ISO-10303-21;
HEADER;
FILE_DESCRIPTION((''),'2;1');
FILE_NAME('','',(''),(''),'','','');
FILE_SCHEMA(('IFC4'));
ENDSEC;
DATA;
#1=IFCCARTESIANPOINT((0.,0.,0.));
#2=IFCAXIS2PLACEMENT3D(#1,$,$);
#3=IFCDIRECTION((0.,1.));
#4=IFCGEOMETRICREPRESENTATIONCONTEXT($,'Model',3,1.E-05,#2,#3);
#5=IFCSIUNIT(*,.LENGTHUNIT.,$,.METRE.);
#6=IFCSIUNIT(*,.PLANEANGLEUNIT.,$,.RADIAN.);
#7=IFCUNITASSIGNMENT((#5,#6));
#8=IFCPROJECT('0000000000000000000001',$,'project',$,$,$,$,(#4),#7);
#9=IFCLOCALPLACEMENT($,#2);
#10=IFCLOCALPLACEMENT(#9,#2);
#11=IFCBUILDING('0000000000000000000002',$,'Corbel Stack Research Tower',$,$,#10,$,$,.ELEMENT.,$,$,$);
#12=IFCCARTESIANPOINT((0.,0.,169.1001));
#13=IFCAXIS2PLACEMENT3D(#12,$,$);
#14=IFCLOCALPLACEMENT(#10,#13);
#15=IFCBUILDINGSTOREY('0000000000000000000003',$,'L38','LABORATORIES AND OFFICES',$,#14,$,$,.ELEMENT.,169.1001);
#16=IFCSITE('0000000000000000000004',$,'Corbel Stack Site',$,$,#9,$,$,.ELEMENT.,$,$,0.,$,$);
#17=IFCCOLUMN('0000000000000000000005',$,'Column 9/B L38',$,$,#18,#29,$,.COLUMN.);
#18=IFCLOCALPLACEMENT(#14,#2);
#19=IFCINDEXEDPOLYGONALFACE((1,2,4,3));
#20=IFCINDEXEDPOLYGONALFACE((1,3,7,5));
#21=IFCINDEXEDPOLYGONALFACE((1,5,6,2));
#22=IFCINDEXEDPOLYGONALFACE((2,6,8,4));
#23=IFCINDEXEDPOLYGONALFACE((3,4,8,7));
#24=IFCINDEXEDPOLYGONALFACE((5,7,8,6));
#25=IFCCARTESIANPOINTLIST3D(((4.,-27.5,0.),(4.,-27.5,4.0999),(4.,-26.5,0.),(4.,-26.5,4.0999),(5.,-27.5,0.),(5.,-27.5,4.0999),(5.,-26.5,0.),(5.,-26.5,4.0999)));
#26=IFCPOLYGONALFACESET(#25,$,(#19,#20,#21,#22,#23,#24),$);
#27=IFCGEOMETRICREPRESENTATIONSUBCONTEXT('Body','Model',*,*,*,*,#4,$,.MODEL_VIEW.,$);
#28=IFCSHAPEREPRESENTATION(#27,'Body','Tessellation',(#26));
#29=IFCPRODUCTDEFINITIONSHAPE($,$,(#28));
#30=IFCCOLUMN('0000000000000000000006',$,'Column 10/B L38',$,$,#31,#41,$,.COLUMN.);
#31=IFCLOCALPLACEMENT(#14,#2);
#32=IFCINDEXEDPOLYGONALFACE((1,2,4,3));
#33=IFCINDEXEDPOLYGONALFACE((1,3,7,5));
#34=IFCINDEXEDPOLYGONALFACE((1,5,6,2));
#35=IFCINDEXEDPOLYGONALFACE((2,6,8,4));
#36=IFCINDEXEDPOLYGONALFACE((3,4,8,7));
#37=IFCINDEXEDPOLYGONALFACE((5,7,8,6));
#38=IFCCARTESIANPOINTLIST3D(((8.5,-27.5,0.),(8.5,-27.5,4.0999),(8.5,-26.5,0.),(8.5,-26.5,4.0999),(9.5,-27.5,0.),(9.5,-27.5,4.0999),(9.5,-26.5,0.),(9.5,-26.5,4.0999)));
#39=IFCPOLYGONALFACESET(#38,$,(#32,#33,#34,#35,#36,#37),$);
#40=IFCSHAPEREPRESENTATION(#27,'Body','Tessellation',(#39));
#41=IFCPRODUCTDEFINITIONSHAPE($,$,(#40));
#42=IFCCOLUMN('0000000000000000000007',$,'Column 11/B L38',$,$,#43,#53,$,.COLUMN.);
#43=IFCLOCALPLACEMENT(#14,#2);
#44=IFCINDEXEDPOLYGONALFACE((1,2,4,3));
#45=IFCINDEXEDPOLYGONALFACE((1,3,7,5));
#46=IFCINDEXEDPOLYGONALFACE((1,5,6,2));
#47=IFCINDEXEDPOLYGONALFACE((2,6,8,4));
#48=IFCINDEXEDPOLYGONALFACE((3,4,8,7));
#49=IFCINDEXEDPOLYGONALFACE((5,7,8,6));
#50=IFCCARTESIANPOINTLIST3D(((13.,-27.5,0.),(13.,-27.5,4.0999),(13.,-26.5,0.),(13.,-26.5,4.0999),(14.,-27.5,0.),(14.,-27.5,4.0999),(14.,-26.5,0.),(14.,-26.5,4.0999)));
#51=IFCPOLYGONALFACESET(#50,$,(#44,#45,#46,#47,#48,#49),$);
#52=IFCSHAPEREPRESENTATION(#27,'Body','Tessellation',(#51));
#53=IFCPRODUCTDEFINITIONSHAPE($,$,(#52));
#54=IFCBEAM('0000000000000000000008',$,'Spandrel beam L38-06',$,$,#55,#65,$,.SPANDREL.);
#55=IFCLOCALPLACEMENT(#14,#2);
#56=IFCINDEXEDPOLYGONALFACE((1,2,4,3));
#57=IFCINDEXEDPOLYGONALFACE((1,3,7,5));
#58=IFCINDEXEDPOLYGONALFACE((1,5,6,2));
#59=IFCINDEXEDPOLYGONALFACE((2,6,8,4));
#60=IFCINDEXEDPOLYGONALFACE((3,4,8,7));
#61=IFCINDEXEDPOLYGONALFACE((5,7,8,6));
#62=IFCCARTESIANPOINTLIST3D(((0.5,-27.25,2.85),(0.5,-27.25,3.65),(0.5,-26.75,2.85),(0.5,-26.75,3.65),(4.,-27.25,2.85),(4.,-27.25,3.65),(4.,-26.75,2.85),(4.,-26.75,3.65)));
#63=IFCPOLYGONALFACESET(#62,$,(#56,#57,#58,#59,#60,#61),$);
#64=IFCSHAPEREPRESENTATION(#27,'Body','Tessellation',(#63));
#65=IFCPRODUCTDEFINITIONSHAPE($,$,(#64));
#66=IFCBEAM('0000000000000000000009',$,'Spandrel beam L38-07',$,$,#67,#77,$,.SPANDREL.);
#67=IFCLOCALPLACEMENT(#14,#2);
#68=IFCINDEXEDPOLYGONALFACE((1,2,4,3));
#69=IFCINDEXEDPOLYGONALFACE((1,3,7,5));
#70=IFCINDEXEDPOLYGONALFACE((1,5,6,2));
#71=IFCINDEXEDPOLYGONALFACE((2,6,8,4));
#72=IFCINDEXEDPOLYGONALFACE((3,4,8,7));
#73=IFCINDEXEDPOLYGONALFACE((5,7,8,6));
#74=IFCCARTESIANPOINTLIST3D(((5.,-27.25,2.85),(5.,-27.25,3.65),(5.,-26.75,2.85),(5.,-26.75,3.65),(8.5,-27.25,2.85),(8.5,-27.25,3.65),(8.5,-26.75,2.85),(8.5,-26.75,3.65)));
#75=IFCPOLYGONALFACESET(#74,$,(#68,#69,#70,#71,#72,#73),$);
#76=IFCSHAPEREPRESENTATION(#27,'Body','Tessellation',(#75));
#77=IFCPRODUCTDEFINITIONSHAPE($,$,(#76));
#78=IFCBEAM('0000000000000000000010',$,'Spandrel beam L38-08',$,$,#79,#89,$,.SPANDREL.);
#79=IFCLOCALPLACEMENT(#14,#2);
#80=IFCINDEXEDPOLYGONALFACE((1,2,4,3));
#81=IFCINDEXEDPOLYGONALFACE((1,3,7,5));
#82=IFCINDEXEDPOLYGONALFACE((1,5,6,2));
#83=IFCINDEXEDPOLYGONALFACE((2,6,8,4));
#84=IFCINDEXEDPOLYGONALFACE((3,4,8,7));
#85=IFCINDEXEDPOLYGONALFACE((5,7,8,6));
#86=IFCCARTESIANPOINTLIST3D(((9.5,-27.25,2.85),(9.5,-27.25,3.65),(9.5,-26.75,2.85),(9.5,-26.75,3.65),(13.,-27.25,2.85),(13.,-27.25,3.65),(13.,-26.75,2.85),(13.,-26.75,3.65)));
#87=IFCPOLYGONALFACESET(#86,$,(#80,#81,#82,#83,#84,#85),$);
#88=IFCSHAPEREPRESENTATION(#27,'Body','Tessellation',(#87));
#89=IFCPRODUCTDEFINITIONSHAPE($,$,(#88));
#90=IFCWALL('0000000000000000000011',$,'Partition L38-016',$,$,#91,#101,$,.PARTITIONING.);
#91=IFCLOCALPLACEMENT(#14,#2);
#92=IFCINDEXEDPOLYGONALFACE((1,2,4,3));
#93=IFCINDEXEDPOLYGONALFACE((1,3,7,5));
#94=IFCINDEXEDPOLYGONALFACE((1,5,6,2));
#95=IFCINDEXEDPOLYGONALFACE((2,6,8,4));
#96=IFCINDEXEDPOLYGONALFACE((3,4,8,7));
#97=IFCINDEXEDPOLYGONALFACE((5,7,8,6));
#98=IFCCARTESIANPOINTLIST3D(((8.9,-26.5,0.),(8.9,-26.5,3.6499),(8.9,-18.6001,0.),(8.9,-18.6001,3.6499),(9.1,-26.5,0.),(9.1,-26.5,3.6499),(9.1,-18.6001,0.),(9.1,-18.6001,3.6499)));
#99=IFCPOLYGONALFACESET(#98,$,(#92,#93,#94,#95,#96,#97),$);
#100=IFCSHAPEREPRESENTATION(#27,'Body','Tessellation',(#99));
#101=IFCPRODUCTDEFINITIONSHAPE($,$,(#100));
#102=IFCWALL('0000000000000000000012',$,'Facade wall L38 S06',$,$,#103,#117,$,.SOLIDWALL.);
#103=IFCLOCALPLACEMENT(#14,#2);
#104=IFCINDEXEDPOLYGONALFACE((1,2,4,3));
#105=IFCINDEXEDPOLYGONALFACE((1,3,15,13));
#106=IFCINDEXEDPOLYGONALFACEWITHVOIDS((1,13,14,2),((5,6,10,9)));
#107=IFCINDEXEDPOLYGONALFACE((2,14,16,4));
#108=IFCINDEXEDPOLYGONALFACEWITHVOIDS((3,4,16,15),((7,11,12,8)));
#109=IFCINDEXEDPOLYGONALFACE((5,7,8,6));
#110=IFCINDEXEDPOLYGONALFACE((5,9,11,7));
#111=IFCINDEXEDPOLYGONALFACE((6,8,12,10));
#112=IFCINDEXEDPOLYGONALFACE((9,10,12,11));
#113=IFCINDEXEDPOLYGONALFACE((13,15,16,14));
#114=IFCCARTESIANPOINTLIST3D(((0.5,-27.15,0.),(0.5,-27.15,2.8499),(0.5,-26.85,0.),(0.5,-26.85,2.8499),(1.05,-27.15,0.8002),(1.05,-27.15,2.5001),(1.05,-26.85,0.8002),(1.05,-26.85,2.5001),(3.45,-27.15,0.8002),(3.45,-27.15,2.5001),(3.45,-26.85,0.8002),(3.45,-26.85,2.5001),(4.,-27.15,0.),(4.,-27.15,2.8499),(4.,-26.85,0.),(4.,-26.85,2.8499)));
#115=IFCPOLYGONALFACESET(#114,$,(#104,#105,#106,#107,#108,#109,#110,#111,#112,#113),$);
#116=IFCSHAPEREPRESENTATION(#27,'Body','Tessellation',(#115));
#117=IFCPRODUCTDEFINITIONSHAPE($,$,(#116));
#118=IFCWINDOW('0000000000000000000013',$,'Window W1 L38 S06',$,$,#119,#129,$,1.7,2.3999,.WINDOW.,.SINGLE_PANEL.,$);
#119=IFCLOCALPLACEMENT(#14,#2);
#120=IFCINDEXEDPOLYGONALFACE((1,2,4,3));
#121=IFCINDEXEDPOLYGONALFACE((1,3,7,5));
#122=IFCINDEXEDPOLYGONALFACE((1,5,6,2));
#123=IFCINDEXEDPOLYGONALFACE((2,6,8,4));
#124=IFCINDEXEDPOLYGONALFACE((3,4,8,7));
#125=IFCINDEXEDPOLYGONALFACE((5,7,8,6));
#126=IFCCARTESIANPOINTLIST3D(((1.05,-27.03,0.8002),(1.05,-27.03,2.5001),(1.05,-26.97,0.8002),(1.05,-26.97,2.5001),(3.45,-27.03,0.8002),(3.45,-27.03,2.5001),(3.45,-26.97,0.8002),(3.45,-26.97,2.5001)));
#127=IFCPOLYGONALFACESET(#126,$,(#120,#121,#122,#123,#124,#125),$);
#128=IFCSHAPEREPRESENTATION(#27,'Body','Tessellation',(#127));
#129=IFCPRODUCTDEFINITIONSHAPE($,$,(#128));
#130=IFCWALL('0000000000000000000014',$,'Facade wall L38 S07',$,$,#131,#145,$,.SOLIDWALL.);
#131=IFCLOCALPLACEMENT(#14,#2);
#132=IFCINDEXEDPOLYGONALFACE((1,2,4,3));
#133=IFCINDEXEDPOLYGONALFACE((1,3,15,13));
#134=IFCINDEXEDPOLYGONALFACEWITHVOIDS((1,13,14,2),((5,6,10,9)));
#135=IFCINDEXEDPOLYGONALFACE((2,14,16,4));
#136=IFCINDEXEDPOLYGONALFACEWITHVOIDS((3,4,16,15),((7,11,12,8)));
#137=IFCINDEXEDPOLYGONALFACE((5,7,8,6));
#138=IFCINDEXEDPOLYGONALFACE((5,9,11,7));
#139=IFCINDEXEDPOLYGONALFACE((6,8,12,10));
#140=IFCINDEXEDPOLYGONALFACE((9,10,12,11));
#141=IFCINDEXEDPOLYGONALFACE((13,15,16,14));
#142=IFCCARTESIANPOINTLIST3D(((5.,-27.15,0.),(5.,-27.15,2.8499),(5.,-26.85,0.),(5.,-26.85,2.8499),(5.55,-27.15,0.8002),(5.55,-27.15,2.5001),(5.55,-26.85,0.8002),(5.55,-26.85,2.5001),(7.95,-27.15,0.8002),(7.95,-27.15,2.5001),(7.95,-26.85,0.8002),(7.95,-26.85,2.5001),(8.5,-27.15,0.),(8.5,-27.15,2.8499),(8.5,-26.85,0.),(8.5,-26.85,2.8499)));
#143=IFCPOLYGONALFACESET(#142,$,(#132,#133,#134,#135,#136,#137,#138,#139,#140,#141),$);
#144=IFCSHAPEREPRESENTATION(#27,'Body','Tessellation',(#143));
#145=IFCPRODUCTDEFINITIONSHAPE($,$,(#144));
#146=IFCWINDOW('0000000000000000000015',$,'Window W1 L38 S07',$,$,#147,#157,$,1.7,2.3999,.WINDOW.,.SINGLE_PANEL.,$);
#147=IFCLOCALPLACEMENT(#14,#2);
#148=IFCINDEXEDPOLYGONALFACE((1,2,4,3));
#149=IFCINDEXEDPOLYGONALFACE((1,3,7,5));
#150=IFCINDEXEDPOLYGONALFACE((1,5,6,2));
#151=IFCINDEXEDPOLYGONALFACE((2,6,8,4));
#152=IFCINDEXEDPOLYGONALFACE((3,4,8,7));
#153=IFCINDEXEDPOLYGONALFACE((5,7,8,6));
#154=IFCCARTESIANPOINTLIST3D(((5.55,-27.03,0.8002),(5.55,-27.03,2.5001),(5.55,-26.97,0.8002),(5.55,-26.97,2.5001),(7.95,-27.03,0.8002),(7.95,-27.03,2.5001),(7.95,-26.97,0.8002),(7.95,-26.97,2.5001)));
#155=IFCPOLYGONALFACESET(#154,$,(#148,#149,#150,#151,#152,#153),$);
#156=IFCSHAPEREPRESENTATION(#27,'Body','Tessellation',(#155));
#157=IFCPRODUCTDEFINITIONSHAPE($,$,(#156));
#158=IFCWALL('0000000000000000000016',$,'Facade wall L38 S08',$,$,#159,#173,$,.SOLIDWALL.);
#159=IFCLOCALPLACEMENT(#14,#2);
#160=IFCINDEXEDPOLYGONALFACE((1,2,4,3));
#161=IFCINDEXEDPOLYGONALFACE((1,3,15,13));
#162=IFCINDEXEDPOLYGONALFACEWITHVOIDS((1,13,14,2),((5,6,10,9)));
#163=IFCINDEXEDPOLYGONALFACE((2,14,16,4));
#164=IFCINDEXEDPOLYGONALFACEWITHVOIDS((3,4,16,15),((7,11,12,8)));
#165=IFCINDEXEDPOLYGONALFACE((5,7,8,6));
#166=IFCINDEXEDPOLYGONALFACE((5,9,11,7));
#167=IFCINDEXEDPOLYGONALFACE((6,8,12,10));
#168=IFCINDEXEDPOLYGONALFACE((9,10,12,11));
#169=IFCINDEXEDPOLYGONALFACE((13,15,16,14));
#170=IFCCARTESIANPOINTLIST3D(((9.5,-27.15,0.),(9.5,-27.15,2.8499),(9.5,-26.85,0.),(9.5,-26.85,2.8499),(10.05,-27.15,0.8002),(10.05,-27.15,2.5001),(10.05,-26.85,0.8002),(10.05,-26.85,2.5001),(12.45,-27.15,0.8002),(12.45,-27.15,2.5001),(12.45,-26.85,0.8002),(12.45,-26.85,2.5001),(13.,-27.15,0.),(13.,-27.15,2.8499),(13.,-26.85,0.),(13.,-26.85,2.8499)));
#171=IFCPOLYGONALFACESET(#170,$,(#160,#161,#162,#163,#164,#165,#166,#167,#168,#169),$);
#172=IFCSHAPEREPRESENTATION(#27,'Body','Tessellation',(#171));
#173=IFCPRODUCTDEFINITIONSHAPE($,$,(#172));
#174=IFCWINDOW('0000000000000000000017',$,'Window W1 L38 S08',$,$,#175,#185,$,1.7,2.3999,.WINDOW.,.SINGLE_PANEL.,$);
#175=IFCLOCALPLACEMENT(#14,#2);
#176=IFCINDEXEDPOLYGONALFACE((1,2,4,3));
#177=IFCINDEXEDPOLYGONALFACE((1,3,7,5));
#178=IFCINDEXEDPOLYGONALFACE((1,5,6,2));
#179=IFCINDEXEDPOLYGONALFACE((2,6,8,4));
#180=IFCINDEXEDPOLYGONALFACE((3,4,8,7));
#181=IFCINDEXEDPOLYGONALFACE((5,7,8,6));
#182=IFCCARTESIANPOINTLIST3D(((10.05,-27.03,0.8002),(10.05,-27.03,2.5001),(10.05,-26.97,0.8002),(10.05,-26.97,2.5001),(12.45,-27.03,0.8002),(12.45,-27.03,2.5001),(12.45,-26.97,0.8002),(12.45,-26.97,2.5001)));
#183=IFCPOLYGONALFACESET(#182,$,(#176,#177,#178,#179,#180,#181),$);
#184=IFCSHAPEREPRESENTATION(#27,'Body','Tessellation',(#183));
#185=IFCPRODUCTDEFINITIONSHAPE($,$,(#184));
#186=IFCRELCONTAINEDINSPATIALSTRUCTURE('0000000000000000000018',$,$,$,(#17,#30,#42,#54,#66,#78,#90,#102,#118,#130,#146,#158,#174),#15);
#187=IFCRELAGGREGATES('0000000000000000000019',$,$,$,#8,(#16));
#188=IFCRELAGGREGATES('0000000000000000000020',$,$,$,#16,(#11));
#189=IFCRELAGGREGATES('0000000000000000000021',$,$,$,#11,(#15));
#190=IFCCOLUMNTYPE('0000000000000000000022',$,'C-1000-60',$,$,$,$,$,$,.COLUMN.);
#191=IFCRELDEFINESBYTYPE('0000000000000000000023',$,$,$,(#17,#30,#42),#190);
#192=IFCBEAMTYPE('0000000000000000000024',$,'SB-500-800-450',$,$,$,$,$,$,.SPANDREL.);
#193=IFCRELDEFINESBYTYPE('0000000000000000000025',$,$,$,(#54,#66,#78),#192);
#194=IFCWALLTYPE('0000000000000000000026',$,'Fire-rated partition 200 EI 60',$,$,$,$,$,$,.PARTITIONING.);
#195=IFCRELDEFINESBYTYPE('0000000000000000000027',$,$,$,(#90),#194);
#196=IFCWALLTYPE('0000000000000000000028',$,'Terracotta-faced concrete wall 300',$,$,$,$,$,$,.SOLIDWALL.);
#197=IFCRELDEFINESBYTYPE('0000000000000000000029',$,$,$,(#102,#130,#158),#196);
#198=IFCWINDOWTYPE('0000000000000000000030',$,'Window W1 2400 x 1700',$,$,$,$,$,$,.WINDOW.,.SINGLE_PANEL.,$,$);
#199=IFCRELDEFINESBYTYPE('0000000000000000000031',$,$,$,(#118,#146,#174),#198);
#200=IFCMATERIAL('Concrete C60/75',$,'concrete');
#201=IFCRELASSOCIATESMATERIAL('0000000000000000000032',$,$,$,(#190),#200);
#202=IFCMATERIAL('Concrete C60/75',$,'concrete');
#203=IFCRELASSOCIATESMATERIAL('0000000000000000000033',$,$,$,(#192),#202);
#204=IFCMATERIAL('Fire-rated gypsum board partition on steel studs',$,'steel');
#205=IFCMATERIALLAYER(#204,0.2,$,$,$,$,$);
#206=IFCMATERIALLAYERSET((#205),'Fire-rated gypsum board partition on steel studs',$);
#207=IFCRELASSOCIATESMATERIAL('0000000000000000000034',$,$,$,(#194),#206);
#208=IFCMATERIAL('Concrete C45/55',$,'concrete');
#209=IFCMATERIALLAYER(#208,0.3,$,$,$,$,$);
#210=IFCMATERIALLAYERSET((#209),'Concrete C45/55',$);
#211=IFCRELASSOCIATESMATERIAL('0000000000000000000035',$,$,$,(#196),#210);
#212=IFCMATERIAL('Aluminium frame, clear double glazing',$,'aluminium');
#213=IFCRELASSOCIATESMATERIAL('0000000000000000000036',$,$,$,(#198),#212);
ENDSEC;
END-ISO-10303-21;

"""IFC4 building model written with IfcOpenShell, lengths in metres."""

from ifc_helpers import new_model, si_unit, direction, frame, frame_2d, origin, origin_2d, place, context, subcontext, project, spatial, rectangle, extrude, material, layer, layer_set, material_profile, profile_set, type_object, element, fill, save


model = new_model("IFC4")

# Units and contexts
model_context = context("Model", 3, precision=1e-05, world=origin(), true_north=direction((0.0, 1.0)))
body_context = subcontext(model_context, "Body", "Model", "MODEL_VIEW")
ifc_project = project(units=[si_unit("LENGTHUNIT", "METRE"), si_unit("PLANEANGLEUNIT", "RADIAN")], contexts=[model_context])

# Site, building, storey
site_placement = place(None, origin())
site = spatial("IfcSite", under=ifc_project, at=site_placement, Name="Corbel Stack Site", CompositionType="ELEMENT", RefElevation=0.0)
building_placement = place(site_placement, origin())
building = spatial("IfcBuilding", under=site, at=building_placement, Name="Corbel Stack Research Tower", CompositionType="ELEMENT")
storey_placement = place(building_placement, frame((0.0, 0.0, 169.1001)))
storey = spatial("IfcBuildingStorey", under=building, at=storey_placement, Name="L38", Description="LABORATORIES AND OFFICES", CompositionType="ELEMENT", Elevation=169.1001)

# Columns
ifc_material_1 = material(Name="Concrete C60/75", Category="concrete")
ifc_material_profile_1 = material_profile(ifc_material_1, rectangle(XDim=1.0, YDim=1.0, at=origin_2d()), Name="RC 1000 x 1000")
ifc_profile_set_1 = profile_set([ifc_material_profile_1], Name="Concrete C60/75")
column_type = type_object("IfcColumnType", Name="C-1000-60", PredefinedType="COLUMN", material=ifc_profile_set_1)
for number, where, z_axis, x_axis, name in (
    (1, (4.5, -27.0, 0.0), (0.0, 0.0, 1.0), (1.0, 0.0, 0.0), "Column 9/B L38"),
    (2, (9.0, -27.0, 0.0), (0.0, 0.0, 1.0), (1.0, 0.0, 0.0), "Column 10/B L38"),
    (3, (13.5, -27.0, 0.0), (0.0, 0.0, 1.0), (1.0, 0.0, 0.0), "Column 11/B L38"),
):
    element("IfcColumn", number, at=place(storey_placement, frame(where, z_axis=z_axis, x_axis=x_axis)), inside=storey, type_object=column_type, Name=name, PredefinedType="COLUMN", context=body_context, shape_type="SweptSolid", body=[
        extrude(rectangle(XDim=1.0, YDim=1.0, at=origin_2d()), origin(), (0.0, 0.0, 1.0), 4.0999),
    ])

# Beams
ifc_material_2 = material(Name="Concrete C60/75", Category="concrete")
ifc_material_profile_2 = material_profile(ifc_material_2, rectangle(XDim=0.5, YDim=0.8, at=origin_2d()), Name="RC 500 x 800")
ifc_profile_set_2 = profile_set([ifc_material_profile_2], Name="Concrete C60/75")
beam_type = type_object("IfcBeamType", Name="SB-500-800-450", PredefinedType="SPANDREL", material=ifc_profile_set_2)
for number, where, z_axis, x_axis, name in (
    (4, (0.5, -27.0, 3.25), (1.0, 0.0, 0.0), (0.0, 1.0, 0.0), "Spandrel beam L38-06"),
    (5, (5.0, -27.0, 3.25), (1.0, 0.0, 0.0), (0.0, 1.0, 0.0), "Spandrel beam L38-07"),
    (6, (9.5, -27.0, 3.25), (1.0, 0.0, 0.0), (0.0, 1.0, 0.0), "Spandrel beam L38-08"),
):
    element("IfcBeam", number, at=place(storey_placement, frame(where, z_axis=z_axis, x_axis=x_axis)), inside=storey, type_object=beam_type, Name=name, PredefinedType="SPANDREL", context=body_context, shape_type="SweptSolid", body=[
        extrude(rectangle(XDim=0.5, YDim=0.8, at=origin_2d()), origin(), (0.0, 0.0, 1.0), 3.5),
    ])

# Wall
ifc_material_3 = material(Name="Fire-rated gypsum board partition on steel studs", Category="steel")
ifc_layer_1 = layer(ifc_material_3, 0.2)
ifc_layer_set_1 = layer_set([ifc_layer_1], Name="Fire-rated gypsum board partition on steel studs")
wall_type_1 = type_object("IfcWallType", Name="Fire-rated partition 200 EI 60", PredefinedType="PARTITIONING", material=ifc_layer_set_1)
wall_1_placement = place(storey_placement, frame((9.0, -26.5, 0.0), z_axis=(0.0, 0.0, 1.0), x_axis=(0.0, 1.0, 0.0)))
element("IfcWall", 7, at=wall_1_placement, inside=storey, type_object=wall_type_1, Name="Partition L38-016", PredefinedType="PARTITIONING", context=body_context, shape_type="SweptSolid", body=[
    extrude(rectangle(XDim=7.8999, YDim=0.2, at=frame_2d((3.95, 0.0))), origin(), (0.0, 0.0, 1.0), 3.6499),
])

# Walls, openings, windows
ifc_material_4 = material(Name="Concrete C45/55", Category="concrete")
ifc_layer_2 = layer(ifc_material_4, 0.3)
ifc_layer_set_2 = layer_set([ifc_layer_2], Name="Concrete C45/55")
wall_type_2 = type_object("IfcWallType", Name="Terracotta-faced concrete wall 300", PredefinedType="SOLIDWALL", material=ifc_layer_set_2)
wall_2_placement = place(storey_placement, frame((4.0, -27.0, 0.0), z_axis=(0.0, 0.0, 1.0), x_axis=(-1.0, 0.0, 0.0)))
wall_2 = element("IfcWall", 8, at=wall_2_placement, inside=storey, type_object=wall_type_2, Name="Facade wall L38 S06", PredefinedType="SOLIDWALL", context=body_context, shape_type="SweptSolid", body=[
    extrude(rectangle(XDim=3.5, YDim=0.3, at=frame_2d((1.75, 0.0))), origin(), (0.0, 0.0, 1.0), 2.8499),
])
opening_1_placement = place(wall_2_placement, frame((0.55, 0.0, 0.8)))
opening_1 = element("IfcOpeningElement", 9, at=opening_1_placement, cuts=wall_2, PredefinedType="OPENING", context=body_context, shape_type="SweptSolid", body=[
    extrude(rectangle(XDim=2.3999, YDim=1.7, at=frame_2d((1.2, 0.8501))), frame((0.0, 0.1599, 0.0), z_axis=(0.0, -1.0, 0.0), x_axis=(1.0, 0.0, 0.0)), (0.0, 0.0, 1.0), 0.3201),
])
ifc_material_5 = material(Name="Aluminium frame, clear double glazing", Category="aluminium")
window_type = type_object("IfcWindowType", Name="Window W1 2400 x 1700", PartitioningType="SINGLE_PANEL", PredefinedType="WINDOW", material=ifc_material_5)
window_1_placement = place(opening_1_placement, origin())
window_1 = element("IfcWindow", 10, at=window_1_placement, inside=storey, type_object=window_type, Name="Window W1 L38 S06", OverallHeight=1.7, OverallWidth=2.3999, PartitioningType="SINGLE_PANEL", PredefinedType="WINDOW", context=body_context, shape_type="SweptSolid", body=[
    extrude(rectangle(XDim=2.3999, YDim=1.7, at=frame_2d((1.2, 0.8501))), frame((0.0, 0.03, 0.0), z_axis=(0.0, -1.0, 0.0), x_axis=(1.0, 0.0, 0.0)), (0.0, 0.0, 1.0), 0.0601),
])
fill(opening_1, window_1)
wall_3_placement = place(storey_placement, frame((8.5, -27.0, 0.0), z_axis=(0.0, 0.0, 1.0), x_axis=(-1.0, 0.0, 0.0)))
wall_3 = element("IfcWall", 11, at=wall_3_placement, inside=storey, type_object=wall_type_2, Name="Facade wall L38 S07", PredefinedType="SOLIDWALL", context=body_context, shape_type="SweptSolid", body=[
    extrude(rectangle(XDim=3.5, YDim=0.3, at=frame_2d((1.75, 0.0))), origin(), (0.0, 0.0, 1.0), 2.8499),
])
opening_2_placement = place(wall_3_placement, frame((0.55, 0.0, 0.8)))
opening_2 = element("IfcOpeningElement", 12, at=opening_2_placement, cuts=wall_3, PredefinedType="OPENING", context=body_context, shape_type="SweptSolid", body=[
    extrude(rectangle(XDim=2.3999, YDim=1.7, at=frame_2d((1.2, 0.8501))), frame((0.0, 0.1599, 0.0), z_axis=(0.0, -1.0, 0.0), x_axis=(1.0, 0.0, 0.0)), (0.0, 0.0, 1.0), 0.3201),
])
window_2_placement = place(opening_2_placement, origin())
window_2 = element("IfcWindow", 13, at=window_2_placement, inside=storey, type_object=window_type, Name="Window W1 L38 S07", OverallHeight=1.7, OverallWidth=2.3999, PartitioningType="SINGLE_PANEL", PredefinedType="WINDOW", context=body_context, shape_type="SweptSolid", body=[
    extrude(rectangle(XDim=2.3999, YDim=1.7, at=frame_2d((1.2, 0.8501))), frame((0.0, 0.03, 0.0), z_axis=(0.0, -1.0, 0.0), x_axis=(1.0, 0.0, 0.0)), (0.0, 0.0, 1.0), 0.0601),
])
fill(opening_2, window_2)
wall_4_placement = place(storey_placement, frame((13.0, -27.0, 0.0), z_axis=(0.0, 0.0, 1.0), x_axis=(-1.0, 0.0, 0.0)))
wall_4 = element("IfcWall", 14, at=wall_4_placement, inside=storey, type_object=wall_type_2, Name="Facade wall L38 S08", PredefinedType="SOLIDWALL", context=body_context, shape_type="SweptSolid", body=[
    extrude(rectangle(XDim=3.5, YDim=0.3, at=frame_2d((1.75, 0.0))), origin(), (0.0, 0.0, 1.0), 2.8499),
])
opening_3_placement = place(wall_4_placement, frame((0.55, 0.0, 0.8)))
opening_3 = element("IfcOpeningElement", 15, at=opening_3_placement, cuts=wall_4, PredefinedType="OPENING", context=body_context, shape_type="SweptSolid", body=[
    extrude(rectangle(XDim=2.3999, YDim=1.7, at=frame_2d((1.2, 0.8501))), frame((0.0, 0.1599, 0.0), z_axis=(0.0, -1.0, 0.0), x_axis=(1.0, 0.0, 0.0)), (0.0, 0.0, 1.0), 0.3201),
])
window_3_placement = place(opening_3_placement, origin())
window_3 = element("IfcWindow", 16, at=window_3_placement, inside=storey, type_object=window_type, Name="Window W1 L38 S08", OverallHeight=1.7, OverallWidth=2.3999, PartitioningType="SINGLE_PANEL", PredefinedType="WINDOW", context=body_context, shape_type="SweptSolid", body=[
    extrude(rectangle(XDim=2.3999, YDim=1.7, at=frame_2d((1.2, 0.8501))), frame((0.0, 0.03, 0.0), z_axis=(0.0, -1.0, 0.0), x_axis=(1.0, 0.0, 0.0)), (0.0, 0.0, 1.0), 0.0601),
])
fill(opening_3, window_3)

save(model, "model.ifc")
